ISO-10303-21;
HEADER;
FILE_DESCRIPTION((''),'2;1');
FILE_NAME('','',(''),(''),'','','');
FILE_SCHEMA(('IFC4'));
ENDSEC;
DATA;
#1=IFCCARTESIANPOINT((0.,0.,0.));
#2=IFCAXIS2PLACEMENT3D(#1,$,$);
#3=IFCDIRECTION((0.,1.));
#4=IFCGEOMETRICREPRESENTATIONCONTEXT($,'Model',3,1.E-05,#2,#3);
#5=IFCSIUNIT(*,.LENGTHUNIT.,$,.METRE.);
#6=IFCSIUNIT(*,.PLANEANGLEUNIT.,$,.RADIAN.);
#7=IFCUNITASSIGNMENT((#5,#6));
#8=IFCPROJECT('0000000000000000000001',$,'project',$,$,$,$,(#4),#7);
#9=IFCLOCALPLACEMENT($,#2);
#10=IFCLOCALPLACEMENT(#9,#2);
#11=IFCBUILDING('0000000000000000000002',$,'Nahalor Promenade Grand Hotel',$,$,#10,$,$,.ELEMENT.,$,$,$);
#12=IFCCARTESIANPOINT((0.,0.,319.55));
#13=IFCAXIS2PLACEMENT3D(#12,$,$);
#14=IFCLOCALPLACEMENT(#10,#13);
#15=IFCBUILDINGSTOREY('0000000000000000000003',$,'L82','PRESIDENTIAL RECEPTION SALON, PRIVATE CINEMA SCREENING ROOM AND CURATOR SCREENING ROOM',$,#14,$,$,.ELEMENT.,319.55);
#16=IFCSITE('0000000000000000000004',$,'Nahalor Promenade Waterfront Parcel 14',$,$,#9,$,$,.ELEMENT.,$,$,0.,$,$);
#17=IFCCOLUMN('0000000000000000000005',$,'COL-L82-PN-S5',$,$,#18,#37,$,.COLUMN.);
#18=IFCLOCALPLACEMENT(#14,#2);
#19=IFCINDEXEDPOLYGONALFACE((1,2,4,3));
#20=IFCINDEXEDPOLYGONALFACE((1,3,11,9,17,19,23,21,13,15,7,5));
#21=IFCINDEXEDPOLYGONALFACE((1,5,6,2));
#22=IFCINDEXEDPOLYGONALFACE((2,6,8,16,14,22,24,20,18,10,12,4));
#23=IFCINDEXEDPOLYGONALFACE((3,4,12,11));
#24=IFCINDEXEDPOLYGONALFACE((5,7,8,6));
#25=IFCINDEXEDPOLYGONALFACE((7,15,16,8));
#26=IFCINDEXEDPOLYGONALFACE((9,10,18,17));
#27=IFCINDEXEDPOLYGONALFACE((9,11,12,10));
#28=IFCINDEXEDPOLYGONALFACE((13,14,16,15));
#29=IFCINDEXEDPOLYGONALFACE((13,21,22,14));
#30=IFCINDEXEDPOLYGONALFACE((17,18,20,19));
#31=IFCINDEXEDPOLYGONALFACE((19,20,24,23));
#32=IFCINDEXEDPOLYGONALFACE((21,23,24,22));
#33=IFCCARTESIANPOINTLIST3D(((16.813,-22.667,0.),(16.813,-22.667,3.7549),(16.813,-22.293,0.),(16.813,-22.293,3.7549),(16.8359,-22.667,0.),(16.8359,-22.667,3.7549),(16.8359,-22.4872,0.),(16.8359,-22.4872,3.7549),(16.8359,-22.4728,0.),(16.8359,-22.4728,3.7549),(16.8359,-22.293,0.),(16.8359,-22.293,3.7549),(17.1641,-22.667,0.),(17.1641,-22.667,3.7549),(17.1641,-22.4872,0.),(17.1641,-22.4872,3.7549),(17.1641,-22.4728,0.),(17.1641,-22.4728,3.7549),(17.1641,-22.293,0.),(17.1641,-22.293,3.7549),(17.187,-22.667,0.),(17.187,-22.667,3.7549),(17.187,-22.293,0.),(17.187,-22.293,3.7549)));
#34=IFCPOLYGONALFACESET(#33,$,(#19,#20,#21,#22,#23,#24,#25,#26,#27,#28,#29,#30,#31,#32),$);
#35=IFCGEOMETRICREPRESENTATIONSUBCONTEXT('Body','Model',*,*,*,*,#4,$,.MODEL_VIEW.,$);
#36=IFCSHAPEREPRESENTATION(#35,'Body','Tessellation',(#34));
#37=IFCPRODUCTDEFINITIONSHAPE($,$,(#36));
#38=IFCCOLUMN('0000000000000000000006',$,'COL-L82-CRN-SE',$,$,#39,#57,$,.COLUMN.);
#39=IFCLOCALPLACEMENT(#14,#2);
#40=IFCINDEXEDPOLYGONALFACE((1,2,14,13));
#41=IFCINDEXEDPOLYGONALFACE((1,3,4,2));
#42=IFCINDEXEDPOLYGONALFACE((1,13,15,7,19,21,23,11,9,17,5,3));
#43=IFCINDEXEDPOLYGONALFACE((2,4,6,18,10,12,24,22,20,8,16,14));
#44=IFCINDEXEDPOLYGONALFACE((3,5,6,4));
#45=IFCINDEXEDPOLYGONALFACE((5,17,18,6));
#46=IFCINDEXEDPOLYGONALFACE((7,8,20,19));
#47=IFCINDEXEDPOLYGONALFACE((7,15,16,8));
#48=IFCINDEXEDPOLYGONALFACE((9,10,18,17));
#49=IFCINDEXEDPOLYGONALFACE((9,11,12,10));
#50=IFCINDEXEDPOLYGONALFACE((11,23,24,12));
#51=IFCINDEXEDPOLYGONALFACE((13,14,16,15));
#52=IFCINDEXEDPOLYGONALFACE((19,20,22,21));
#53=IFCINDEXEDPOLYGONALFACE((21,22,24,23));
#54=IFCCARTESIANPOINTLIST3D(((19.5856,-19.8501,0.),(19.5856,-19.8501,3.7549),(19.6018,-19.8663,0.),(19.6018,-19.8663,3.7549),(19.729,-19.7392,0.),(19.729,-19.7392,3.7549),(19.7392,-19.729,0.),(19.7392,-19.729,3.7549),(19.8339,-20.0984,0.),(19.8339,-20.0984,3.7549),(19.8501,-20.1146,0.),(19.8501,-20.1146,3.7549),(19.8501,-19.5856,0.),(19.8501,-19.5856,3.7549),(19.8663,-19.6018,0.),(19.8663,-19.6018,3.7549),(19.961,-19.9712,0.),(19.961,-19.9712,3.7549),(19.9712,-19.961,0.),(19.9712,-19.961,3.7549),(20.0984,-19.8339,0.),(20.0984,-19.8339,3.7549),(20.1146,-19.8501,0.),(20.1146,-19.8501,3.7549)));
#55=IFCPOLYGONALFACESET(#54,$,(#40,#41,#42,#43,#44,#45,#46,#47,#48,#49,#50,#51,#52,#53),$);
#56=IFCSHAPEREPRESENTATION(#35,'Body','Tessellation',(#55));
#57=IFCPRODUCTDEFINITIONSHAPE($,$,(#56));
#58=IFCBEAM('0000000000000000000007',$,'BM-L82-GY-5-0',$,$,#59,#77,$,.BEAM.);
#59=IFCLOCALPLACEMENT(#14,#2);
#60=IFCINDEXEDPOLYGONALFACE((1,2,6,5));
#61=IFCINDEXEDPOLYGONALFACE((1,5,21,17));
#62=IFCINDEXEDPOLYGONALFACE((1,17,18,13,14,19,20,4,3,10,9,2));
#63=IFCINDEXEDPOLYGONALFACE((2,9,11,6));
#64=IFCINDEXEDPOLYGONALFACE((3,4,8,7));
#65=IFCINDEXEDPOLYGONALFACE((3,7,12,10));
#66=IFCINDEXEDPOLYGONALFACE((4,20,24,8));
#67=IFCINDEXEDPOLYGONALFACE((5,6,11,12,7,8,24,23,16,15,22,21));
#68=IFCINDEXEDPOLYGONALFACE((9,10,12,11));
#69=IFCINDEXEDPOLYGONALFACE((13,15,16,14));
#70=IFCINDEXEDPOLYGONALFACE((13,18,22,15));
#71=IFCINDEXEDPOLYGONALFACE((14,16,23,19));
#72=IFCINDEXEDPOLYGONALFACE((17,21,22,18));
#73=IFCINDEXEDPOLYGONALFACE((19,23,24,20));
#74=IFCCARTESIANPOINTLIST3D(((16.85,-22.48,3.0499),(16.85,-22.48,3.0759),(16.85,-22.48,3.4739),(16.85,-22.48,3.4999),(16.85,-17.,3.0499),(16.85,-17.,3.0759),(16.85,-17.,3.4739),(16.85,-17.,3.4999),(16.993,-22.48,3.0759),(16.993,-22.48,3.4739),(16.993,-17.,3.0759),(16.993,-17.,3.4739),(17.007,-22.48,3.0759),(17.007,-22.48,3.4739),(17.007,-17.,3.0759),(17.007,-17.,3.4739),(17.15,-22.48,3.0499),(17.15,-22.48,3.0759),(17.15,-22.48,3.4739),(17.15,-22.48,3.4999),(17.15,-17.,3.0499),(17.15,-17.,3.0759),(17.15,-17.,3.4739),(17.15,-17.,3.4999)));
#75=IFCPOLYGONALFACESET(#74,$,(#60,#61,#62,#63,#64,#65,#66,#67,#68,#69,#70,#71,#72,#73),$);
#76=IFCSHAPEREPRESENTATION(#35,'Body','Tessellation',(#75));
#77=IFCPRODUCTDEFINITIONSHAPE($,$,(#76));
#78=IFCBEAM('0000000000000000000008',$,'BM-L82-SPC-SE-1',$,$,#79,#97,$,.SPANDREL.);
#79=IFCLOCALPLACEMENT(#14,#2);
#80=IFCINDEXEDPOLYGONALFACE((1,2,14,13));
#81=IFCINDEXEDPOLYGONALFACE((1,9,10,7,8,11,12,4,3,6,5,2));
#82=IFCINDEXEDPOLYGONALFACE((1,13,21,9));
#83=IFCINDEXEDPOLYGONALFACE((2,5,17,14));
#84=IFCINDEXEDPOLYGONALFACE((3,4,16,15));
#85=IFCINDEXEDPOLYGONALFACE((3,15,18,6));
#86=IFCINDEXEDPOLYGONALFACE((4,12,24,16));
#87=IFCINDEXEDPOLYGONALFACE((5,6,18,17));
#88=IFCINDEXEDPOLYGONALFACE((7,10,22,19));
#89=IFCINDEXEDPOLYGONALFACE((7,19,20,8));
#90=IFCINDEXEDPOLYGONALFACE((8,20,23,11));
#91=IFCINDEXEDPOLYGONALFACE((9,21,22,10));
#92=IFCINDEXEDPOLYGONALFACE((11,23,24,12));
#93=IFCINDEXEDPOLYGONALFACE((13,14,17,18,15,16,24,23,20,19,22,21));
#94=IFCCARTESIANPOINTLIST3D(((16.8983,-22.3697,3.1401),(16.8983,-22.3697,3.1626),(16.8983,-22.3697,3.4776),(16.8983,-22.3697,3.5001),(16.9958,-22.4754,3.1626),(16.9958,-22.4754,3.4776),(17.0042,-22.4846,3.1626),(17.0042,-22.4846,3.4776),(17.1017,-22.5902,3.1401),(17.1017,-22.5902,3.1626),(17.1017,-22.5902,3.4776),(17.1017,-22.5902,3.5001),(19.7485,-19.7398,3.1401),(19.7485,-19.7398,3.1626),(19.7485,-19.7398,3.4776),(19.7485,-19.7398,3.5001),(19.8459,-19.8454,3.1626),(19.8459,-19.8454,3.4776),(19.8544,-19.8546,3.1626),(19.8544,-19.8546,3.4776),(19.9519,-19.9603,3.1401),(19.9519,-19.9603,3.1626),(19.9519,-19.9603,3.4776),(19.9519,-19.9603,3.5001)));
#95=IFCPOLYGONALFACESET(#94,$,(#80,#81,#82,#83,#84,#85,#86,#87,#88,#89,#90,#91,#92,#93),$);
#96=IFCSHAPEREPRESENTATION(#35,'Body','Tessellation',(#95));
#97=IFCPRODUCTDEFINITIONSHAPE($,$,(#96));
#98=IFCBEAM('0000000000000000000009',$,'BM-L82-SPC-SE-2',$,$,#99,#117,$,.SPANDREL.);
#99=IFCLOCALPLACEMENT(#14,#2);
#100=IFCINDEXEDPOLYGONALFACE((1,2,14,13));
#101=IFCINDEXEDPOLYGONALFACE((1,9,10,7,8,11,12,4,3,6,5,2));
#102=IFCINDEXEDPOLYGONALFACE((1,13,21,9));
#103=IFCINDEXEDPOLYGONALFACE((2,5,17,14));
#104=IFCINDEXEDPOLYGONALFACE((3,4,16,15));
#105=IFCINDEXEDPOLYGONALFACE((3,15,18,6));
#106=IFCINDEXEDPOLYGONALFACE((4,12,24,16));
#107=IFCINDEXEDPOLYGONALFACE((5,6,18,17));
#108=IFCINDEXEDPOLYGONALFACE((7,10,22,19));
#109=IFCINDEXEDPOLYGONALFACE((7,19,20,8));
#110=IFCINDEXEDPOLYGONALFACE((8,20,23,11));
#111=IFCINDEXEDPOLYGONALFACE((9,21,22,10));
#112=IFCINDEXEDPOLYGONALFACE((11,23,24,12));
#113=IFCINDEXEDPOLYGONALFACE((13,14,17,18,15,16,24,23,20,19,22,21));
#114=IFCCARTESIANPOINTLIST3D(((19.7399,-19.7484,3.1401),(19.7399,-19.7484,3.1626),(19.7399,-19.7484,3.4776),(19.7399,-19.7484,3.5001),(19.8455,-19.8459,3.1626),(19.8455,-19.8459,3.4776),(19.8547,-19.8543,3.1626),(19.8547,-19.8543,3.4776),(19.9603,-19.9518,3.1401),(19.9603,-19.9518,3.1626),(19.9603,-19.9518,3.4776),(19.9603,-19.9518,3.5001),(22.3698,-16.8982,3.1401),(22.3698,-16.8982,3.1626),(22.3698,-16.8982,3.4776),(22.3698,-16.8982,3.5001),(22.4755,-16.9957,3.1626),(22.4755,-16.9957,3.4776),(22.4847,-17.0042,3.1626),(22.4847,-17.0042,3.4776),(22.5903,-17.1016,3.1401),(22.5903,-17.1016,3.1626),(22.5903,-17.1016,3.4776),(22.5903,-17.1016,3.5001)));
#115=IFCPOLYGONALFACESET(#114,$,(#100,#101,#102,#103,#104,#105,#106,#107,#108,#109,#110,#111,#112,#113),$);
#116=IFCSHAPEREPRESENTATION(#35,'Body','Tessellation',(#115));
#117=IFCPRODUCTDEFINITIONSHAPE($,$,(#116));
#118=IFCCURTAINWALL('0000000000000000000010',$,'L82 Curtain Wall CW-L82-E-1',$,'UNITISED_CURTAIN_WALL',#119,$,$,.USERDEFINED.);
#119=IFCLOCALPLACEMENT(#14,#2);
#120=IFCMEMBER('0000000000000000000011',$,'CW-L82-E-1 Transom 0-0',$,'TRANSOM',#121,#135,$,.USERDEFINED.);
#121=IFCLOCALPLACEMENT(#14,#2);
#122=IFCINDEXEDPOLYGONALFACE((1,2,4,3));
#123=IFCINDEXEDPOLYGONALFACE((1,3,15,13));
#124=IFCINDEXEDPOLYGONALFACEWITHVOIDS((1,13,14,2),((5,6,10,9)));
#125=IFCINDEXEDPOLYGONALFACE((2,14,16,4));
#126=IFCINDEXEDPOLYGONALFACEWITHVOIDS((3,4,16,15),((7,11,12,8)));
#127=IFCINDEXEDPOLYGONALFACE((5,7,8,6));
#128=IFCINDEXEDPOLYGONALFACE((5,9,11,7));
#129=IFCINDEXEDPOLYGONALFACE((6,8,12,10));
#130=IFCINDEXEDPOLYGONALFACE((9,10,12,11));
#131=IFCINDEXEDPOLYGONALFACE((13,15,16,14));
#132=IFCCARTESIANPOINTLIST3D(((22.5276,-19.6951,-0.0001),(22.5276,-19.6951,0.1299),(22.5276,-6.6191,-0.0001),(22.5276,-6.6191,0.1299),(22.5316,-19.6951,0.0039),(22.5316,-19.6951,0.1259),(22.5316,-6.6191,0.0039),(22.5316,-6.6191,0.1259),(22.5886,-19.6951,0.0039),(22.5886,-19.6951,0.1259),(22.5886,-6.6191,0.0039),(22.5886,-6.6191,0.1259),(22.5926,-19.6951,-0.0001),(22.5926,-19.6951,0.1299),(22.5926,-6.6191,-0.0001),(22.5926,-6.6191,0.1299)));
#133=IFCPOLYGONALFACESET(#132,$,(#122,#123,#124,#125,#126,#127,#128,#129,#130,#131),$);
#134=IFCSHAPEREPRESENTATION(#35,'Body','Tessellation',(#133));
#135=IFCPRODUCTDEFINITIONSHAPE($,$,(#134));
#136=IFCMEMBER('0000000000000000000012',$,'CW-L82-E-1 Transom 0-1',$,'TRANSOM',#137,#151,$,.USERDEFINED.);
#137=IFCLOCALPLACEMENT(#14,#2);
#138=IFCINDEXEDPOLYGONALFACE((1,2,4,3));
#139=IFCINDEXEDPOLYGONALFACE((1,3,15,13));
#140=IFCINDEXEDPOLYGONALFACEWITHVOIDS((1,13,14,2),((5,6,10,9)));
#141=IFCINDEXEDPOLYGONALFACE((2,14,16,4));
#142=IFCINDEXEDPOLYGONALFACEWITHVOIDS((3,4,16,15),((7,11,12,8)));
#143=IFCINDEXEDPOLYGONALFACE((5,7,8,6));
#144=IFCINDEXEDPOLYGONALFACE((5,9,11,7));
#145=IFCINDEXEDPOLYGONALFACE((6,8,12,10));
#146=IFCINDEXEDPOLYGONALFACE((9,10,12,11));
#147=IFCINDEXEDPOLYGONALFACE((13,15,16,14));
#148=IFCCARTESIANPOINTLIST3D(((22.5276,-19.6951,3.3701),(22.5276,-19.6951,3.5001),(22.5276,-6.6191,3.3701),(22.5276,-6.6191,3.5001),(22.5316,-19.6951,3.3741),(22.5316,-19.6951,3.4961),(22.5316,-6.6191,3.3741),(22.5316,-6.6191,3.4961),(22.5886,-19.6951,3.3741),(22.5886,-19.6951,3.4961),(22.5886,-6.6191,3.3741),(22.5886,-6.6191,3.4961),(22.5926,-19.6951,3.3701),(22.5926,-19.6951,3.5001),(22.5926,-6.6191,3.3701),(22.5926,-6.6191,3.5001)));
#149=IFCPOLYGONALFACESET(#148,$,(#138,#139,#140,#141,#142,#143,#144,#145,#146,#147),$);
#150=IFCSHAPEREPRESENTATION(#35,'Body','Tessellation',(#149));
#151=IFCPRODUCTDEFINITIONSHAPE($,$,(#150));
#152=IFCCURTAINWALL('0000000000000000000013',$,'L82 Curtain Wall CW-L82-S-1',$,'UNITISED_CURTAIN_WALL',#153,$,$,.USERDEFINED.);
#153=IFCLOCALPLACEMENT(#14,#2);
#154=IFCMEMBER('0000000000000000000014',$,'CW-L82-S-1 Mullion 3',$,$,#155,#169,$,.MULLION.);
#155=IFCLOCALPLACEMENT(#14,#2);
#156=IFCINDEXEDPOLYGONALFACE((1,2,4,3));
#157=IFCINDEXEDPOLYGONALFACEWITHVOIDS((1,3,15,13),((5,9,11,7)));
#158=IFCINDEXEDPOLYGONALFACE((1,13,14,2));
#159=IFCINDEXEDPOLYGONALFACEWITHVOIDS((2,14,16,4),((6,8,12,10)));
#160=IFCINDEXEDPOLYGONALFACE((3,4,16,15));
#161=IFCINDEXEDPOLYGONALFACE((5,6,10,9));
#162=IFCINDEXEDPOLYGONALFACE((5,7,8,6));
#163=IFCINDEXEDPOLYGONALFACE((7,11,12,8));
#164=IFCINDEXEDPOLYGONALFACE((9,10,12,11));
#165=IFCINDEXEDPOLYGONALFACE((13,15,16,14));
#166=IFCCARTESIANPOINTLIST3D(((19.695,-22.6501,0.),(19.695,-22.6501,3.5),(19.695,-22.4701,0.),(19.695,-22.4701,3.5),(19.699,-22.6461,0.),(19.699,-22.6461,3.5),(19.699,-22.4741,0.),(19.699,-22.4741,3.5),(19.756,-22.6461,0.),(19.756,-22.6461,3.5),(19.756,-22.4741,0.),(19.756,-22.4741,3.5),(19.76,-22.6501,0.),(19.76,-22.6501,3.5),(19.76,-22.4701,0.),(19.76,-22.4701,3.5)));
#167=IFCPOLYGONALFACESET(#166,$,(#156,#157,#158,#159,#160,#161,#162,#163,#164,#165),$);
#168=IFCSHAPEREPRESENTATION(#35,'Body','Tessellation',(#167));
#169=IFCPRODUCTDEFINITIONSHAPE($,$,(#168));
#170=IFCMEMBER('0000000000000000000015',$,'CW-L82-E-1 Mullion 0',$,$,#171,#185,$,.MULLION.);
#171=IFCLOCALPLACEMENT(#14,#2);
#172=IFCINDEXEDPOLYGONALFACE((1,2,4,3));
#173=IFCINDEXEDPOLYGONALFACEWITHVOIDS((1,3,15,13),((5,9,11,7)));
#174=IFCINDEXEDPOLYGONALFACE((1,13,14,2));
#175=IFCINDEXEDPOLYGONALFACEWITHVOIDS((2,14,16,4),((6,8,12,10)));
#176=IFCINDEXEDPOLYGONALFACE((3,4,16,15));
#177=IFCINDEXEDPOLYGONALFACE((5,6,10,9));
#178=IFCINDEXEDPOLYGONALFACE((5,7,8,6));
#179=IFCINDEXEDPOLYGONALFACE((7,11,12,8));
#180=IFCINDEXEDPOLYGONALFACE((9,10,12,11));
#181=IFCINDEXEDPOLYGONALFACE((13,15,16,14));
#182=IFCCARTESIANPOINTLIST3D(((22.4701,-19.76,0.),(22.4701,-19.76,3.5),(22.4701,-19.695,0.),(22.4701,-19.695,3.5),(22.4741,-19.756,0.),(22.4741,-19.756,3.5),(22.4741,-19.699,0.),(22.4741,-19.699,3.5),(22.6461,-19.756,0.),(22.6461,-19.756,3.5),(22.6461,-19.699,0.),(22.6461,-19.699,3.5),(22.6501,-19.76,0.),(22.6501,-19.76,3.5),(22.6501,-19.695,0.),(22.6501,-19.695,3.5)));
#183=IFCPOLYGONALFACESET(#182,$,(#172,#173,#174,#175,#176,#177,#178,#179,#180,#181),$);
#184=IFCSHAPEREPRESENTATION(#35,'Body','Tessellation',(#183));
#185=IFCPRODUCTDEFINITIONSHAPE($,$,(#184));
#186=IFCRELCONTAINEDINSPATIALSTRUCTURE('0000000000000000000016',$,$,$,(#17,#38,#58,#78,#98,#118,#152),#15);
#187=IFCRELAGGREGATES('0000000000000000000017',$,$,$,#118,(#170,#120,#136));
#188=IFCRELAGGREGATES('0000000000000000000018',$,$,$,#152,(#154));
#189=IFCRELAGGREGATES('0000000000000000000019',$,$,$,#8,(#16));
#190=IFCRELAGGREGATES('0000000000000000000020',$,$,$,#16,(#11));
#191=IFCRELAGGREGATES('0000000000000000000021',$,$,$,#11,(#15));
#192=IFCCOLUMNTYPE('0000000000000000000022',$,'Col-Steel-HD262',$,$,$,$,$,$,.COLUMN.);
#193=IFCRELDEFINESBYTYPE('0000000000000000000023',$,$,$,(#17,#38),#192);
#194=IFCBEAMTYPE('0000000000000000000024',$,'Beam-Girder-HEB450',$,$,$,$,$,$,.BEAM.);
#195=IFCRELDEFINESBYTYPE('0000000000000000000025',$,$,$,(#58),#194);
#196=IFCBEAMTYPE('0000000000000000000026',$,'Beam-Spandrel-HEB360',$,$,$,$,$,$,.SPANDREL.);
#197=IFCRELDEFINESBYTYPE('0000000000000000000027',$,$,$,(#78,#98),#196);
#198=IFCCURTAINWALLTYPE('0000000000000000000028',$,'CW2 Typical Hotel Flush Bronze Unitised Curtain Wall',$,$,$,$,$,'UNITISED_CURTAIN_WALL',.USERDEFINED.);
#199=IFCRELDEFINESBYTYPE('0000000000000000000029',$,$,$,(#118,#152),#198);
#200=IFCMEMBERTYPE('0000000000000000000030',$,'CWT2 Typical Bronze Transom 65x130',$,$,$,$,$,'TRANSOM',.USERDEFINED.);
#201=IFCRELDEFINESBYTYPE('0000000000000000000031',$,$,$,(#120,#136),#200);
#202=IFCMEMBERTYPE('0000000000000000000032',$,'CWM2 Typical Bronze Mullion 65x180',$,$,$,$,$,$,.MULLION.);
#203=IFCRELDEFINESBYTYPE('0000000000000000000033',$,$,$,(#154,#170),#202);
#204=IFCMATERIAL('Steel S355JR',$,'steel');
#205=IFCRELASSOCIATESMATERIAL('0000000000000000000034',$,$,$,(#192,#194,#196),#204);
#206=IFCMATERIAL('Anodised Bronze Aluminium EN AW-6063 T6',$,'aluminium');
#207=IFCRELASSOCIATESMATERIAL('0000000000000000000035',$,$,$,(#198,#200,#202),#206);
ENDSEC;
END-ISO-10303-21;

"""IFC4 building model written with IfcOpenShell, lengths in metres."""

from ifc_helpers import new_model, si_unit, direction, frame, origin, origin_2d, place, context, subcontext, project, spatial, hollow_rectangle, i_section, extrude, source, transform, mapped, material, material_profile, profile_set, type_object, element, aggregate, save


model = new_model("IFC4")

# Units and contexts
model_context = context("Model", 3, precision=1e-05, world=origin(), true_north=direction((0.0, 1.0)))
body_context = subcontext(model_context, "Body", "Model", "MODEL_VIEW")
ifc_project = project(units=[si_unit("LENGTHUNIT", "METRE"), si_unit("PLANEANGLEUNIT", "RADIAN")], contexts=[model_context])

# Site, building, storey
site_placement = place(None, origin())
site = spatial("IfcSite", under=ifc_project, at=site_placement, Name="Nahalor Promenade Waterfront Parcel 14", CompositionType="ELEMENT", RefElevation=0.0)
building_placement = place(site_placement, origin())
building = spatial("IfcBuilding", under=site, at=building_placement, Name="Nahalor Promenade Grand Hotel", CompositionType="ELEMENT")
storey_placement = place(building_placement, frame((0.0, 0.0, 319.55)))
storey = spatial("IfcBuildingStorey", under=building, at=storey_placement, Name="L82", Description="PRESIDENTIAL RECEPTION SALON, PRIVATE CINEMA SCREENING ROOM AND CURATOR SCREENING ROOM", CompositionType="ELEMENT", Elevation=319.55)

# Columns
ifc_material_1 = material(Name="Steel S355JR", Category="steel")
ifc_material_profile_1 = material_profile(ifc_material_1, i_section(OverallWidth=0.374, OverallDepth=0.374, WebThickness=0.0144, FlangeThickness=0.0229, at=origin_2d()), Name="HD 360x262")
ifc_profile_set_1 = profile_set([ifc_material_profile_1], Name="Steel S355JR")
column_type = type_object("IfcColumnType", Name="Col-Steel-HD262", PredefinedType="COLUMN", material=ifc_profile_set_1)
shared_shape_1 = source(origin(), body_context, "Body", "SweptSolid", [
    extrude(i_section(OverallWidth=0.374, OverallDepth=0.374, WebThickness=0.0144, FlangeThickness=0.0229, at=origin_2d()), origin(), (0.0, 0.0, 1.0), 3.7549),
])
for number, where, z_axis, x_axis, name in (
    (1, (17.0, -22.48, 0.0), (0.0, 0.0, 1.0), (0.0, 1.0, 0.0), "COL-L82-PN-S5"),
    (2, (19.8501, -19.8501, 0.0), (0.0, 0.0, 1.0), (0.707107, 0.707107, 0.0), "COL-L82-CRN-SE"),
):
    element("IfcColumn", number, at=place(storey_placement, frame(where, z_axis=z_axis, x_axis=x_axis)), inside=storey, type_object=column_type, Name=name, PredefinedType="COLUMN", context=body_context, shape_type="MappedRepresentation", body=[
        mapped(shared_shape_1, transform((0.0, 0.0, 0.0), scale=1.0)),
    ])

# Beams
ifc_material_profile_2 = material_profile(ifc_material_1, i_section(OverallWidth=0.3, OverallDepth=0.45, WebThickness=0.014, FlangeThickness=0.026, at=origin_2d()), Name="HEB 450")
ifc_profile_set_2 = profile_set([ifc_material_profile_2], Name="Steel S355JR")
beam_type_1 = type_object("IfcBeamType", Name="Beam-Girder-HEB450", PredefinedType="BEAM", material=ifc_profile_set_2)
shared_shape_2 = source(origin(), body_context, "Body", "SweptSolid", [
    extrude(i_section(OverallWidth=0.3, OverallDepth=0.45, WebThickness=0.014, FlangeThickness=0.026, at=origin_2d()), origin(), (0.0, 0.0, 1.0), 5.48),
])
beam_placement = place(storey_placement, frame((17.0, -22.48, 3.2749), z_axis=(0.0, 1.0, 0.0), x_axis=(-1.0, 0.0, 0.0)))
element("IfcBeam", 3, at=beam_placement, inside=storey, type_object=beam_type_1, Name="BM-L82-GY-5-0", PredefinedType="BEAM", context=body_context, shape_type="MappedRepresentation", body=[
    mapped(shared_shape_2, transform((0.0, 0.0, 0.0), scale=1.0)),
])
ifc_material_profile_3 = material_profile(ifc_material_1, i_section(OverallWidth=0.3, OverallDepth=0.36, WebThickness=0.0125, FlangeThickness=0.0225, at=origin_2d()), Name="HEB 360")
ifc_profile_set_3 = profile_set([ifc_material_profile_3], Name="Steel S355JR")
beam_type_2 = type_object("IfcBeamType", Name="Beam-Spandrel-HEB360", PredefinedType="SPANDREL", material=ifc_profile_set_3)
shared_shape_3 = source(origin(), body_context, "Body", "SweptSolid", [
    extrude(i_section(OverallWidth=0.3, OverallDepth=0.36, WebThickness=0.0125, FlangeThickness=0.0225, at=origin_2d()), origin(), (0.0, 0.0, 1.0), 3.8782),
])
for number, where, z_axis, x_axis, name in (
    (4, (17.0, -22.48, 3.3201), (0.734929, 0.678144, 0.0), (-0.678144, 0.734929, 0.0), "BM-L82-SPC-SE-1"),
    (5, (19.8501, -19.8501, 3.3201), (0.678144, 0.734929, 0.0), (-0.734929, 0.678144, 0.0), "BM-L82-SPC-SE-2"),
):
    element("IfcBeam", number, at=place(storey_placement, frame(where, z_axis=z_axis, x_axis=x_axis)), inside=storey, type_object=beam_type_2, Name=name, PredefinedType="SPANDREL", context=body_context, shape_type="MappedRepresentation", body=[
        mapped(shared_shape_3, transform((0.0, 0.0, 0.0), scale=1.0)),
    ])

# Curtain wall, members
ifc_material_2 = material(Name="Anodised Bronze Aluminium EN AW-6063 T6", Category="aluminium")
curtain_wall_type = type_object("IfcCurtainWallType", Name="CW2 Typical Hotel Flush Bronze Unitised Curtain Wall", ElementType="UNITISED_CURTAIN_WALL", PredefinedType="USERDEFINED", material=ifc_material_2)
curtain_wall_1_placement = place(storey_placement, origin())
curtain_wall_1 = element("IfcCurtainWall", 6, at=curtain_wall_1_placement, inside=storey, type_object=curtain_wall_type, Name="L82 Curtain Wall CW-L82-E-1", ObjectType="UNITISED_CURTAIN_WALL", PredefinedType="USERDEFINED")
ifc_material_profile_4 = material_profile(ifc_material_2, hollow_rectangle(XDim=0.065, YDim=0.13, WallThickness=0.004, at=origin_2d()), Name="CWT 65x130x4")
ifc_profile_set_4 = profile_set([ifc_material_profile_4], Name="Anodised Bronze Aluminium EN AW-6063 T6")
member_type_1 = type_object("IfcMemberType", Name="CWT2 Typical Bronze Transom 65x130", ElementType="TRANSOM", PredefinedType="USERDEFINED", material=ifc_profile_set_4)
shared_shape_4 = source(origin(), body_context, "Body", "SweptSolid", [
    extrude(hollow_rectangle(XDim=0.065, YDim=0.13, WallThickness=0.004, at=origin_2d()), origin(), (0.0, 0.0, 1.0), 13.0759),
])
member_1_placement = place(storey_placement, frame((22.5601, -19.6951, 0.0649), z_axis=(0.0, 1.0, 0.0), x_axis=(-1.0, 0.0, 0.0)))
member_1 = element("IfcMember", 7, at=member_1_placement, type_object=member_type_1, Name="CW-L82-E-1 Transom 0-0", ObjectType="TRANSOM", PredefinedType="USERDEFINED", context=body_context, shape_type="MappedRepresentation", body=[
    mapped(shared_shape_4, transform((0.0, 0.0, 0.0), scale=1.0)),
])
member_2_placement = place(storey_placement, frame((22.5601, -19.6951, 3.4351), z_axis=(0.0, 1.0, 0.0), x_axis=(-1.0, 0.0, 0.0)))
member_2 = element("IfcMember", 8, at=member_2_placement, type_object=member_type_1, Name="CW-L82-E-1 Transom 0-1", ObjectType="TRANSOM", PredefinedType="USERDEFINED", context=body_context, shape_type="MappedRepresentation", body=[
    mapped(shared_shape_4, transform((0.0, 0.0, 0.0), scale=1.0)),
])

# Curtain wall, member
curtain_wall_2_placement = place(storey_placement, origin())
curtain_wall_2 = element("IfcCurtainWall", 9, at=curtain_wall_2_placement, inside=storey, type_object=curtain_wall_type, Name="L82 Curtain Wall CW-L82-S-1", ObjectType="UNITISED_CURTAIN_WALL", PredefinedType="USERDEFINED")
ifc_material_profile_5 = material_profile(ifc_material_2, hollow_rectangle(XDim=0.065, YDim=0.18, WallThickness=0.004, at=origin_2d()), Name="CWM 65x180x4")
ifc_profile_set_5 = profile_set([ifc_material_profile_5], Name="Anodised Bronze Aluminium EN AW-6063 T6")
member_type_2 = type_object("IfcMemberType", Name="CWM2 Typical Bronze Mullion 65x180", PredefinedType="MULLION", material=ifc_profile_set_5)
shared_shape_5 = source(origin(), body_context, "Body", "SweptSolid", [
    extrude(hollow_rectangle(XDim=0.065, YDim=0.18, WallThickness=0.004, at=origin_2d()), origin(), (0.0, 0.0, 1.0), 3.5),
])
member_3_placement = place(storey_placement, frame((19.7275, -22.5601, 0.0), z_axis=(0.0, 0.0, 1.0), x_axis=(1.0, 0.0, 0.0)))
member_3 = element("IfcMember", 10, at=member_3_placement, type_object=member_type_2, Name="CW-L82-S-1 Mullion 3", PredefinedType="MULLION", context=body_context, shape_type="MappedRepresentation", body=[
    mapped(shared_shape_5, transform((0.0, 0.0, 0.0), scale=1.0)),
])

# Member
member_4_placement = place(storey_placement, frame((22.5601, -19.7275, 0.0), z_axis=(0.0, 0.0, 1.0), x_axis=(0.0, 1.0, 0.0)))
member_4 = element("IfcMember", 11, at=member_4_placement, type_object=member_type_2, Name="CW-L82-E-1 Mullion 0", PredefinedType="MULLION", context=body_context, shape_type="MappedRepresentation", body=[
    mapped(shared_shape_5, transform((0.0, 0.0, 0.0), scale=1.0)),
])
aggregate(curtain_wall_1, [member_4, member_1, member_2])

aggregate(curtain_wall_2, [member_3])

save(model, "model.ifc")
